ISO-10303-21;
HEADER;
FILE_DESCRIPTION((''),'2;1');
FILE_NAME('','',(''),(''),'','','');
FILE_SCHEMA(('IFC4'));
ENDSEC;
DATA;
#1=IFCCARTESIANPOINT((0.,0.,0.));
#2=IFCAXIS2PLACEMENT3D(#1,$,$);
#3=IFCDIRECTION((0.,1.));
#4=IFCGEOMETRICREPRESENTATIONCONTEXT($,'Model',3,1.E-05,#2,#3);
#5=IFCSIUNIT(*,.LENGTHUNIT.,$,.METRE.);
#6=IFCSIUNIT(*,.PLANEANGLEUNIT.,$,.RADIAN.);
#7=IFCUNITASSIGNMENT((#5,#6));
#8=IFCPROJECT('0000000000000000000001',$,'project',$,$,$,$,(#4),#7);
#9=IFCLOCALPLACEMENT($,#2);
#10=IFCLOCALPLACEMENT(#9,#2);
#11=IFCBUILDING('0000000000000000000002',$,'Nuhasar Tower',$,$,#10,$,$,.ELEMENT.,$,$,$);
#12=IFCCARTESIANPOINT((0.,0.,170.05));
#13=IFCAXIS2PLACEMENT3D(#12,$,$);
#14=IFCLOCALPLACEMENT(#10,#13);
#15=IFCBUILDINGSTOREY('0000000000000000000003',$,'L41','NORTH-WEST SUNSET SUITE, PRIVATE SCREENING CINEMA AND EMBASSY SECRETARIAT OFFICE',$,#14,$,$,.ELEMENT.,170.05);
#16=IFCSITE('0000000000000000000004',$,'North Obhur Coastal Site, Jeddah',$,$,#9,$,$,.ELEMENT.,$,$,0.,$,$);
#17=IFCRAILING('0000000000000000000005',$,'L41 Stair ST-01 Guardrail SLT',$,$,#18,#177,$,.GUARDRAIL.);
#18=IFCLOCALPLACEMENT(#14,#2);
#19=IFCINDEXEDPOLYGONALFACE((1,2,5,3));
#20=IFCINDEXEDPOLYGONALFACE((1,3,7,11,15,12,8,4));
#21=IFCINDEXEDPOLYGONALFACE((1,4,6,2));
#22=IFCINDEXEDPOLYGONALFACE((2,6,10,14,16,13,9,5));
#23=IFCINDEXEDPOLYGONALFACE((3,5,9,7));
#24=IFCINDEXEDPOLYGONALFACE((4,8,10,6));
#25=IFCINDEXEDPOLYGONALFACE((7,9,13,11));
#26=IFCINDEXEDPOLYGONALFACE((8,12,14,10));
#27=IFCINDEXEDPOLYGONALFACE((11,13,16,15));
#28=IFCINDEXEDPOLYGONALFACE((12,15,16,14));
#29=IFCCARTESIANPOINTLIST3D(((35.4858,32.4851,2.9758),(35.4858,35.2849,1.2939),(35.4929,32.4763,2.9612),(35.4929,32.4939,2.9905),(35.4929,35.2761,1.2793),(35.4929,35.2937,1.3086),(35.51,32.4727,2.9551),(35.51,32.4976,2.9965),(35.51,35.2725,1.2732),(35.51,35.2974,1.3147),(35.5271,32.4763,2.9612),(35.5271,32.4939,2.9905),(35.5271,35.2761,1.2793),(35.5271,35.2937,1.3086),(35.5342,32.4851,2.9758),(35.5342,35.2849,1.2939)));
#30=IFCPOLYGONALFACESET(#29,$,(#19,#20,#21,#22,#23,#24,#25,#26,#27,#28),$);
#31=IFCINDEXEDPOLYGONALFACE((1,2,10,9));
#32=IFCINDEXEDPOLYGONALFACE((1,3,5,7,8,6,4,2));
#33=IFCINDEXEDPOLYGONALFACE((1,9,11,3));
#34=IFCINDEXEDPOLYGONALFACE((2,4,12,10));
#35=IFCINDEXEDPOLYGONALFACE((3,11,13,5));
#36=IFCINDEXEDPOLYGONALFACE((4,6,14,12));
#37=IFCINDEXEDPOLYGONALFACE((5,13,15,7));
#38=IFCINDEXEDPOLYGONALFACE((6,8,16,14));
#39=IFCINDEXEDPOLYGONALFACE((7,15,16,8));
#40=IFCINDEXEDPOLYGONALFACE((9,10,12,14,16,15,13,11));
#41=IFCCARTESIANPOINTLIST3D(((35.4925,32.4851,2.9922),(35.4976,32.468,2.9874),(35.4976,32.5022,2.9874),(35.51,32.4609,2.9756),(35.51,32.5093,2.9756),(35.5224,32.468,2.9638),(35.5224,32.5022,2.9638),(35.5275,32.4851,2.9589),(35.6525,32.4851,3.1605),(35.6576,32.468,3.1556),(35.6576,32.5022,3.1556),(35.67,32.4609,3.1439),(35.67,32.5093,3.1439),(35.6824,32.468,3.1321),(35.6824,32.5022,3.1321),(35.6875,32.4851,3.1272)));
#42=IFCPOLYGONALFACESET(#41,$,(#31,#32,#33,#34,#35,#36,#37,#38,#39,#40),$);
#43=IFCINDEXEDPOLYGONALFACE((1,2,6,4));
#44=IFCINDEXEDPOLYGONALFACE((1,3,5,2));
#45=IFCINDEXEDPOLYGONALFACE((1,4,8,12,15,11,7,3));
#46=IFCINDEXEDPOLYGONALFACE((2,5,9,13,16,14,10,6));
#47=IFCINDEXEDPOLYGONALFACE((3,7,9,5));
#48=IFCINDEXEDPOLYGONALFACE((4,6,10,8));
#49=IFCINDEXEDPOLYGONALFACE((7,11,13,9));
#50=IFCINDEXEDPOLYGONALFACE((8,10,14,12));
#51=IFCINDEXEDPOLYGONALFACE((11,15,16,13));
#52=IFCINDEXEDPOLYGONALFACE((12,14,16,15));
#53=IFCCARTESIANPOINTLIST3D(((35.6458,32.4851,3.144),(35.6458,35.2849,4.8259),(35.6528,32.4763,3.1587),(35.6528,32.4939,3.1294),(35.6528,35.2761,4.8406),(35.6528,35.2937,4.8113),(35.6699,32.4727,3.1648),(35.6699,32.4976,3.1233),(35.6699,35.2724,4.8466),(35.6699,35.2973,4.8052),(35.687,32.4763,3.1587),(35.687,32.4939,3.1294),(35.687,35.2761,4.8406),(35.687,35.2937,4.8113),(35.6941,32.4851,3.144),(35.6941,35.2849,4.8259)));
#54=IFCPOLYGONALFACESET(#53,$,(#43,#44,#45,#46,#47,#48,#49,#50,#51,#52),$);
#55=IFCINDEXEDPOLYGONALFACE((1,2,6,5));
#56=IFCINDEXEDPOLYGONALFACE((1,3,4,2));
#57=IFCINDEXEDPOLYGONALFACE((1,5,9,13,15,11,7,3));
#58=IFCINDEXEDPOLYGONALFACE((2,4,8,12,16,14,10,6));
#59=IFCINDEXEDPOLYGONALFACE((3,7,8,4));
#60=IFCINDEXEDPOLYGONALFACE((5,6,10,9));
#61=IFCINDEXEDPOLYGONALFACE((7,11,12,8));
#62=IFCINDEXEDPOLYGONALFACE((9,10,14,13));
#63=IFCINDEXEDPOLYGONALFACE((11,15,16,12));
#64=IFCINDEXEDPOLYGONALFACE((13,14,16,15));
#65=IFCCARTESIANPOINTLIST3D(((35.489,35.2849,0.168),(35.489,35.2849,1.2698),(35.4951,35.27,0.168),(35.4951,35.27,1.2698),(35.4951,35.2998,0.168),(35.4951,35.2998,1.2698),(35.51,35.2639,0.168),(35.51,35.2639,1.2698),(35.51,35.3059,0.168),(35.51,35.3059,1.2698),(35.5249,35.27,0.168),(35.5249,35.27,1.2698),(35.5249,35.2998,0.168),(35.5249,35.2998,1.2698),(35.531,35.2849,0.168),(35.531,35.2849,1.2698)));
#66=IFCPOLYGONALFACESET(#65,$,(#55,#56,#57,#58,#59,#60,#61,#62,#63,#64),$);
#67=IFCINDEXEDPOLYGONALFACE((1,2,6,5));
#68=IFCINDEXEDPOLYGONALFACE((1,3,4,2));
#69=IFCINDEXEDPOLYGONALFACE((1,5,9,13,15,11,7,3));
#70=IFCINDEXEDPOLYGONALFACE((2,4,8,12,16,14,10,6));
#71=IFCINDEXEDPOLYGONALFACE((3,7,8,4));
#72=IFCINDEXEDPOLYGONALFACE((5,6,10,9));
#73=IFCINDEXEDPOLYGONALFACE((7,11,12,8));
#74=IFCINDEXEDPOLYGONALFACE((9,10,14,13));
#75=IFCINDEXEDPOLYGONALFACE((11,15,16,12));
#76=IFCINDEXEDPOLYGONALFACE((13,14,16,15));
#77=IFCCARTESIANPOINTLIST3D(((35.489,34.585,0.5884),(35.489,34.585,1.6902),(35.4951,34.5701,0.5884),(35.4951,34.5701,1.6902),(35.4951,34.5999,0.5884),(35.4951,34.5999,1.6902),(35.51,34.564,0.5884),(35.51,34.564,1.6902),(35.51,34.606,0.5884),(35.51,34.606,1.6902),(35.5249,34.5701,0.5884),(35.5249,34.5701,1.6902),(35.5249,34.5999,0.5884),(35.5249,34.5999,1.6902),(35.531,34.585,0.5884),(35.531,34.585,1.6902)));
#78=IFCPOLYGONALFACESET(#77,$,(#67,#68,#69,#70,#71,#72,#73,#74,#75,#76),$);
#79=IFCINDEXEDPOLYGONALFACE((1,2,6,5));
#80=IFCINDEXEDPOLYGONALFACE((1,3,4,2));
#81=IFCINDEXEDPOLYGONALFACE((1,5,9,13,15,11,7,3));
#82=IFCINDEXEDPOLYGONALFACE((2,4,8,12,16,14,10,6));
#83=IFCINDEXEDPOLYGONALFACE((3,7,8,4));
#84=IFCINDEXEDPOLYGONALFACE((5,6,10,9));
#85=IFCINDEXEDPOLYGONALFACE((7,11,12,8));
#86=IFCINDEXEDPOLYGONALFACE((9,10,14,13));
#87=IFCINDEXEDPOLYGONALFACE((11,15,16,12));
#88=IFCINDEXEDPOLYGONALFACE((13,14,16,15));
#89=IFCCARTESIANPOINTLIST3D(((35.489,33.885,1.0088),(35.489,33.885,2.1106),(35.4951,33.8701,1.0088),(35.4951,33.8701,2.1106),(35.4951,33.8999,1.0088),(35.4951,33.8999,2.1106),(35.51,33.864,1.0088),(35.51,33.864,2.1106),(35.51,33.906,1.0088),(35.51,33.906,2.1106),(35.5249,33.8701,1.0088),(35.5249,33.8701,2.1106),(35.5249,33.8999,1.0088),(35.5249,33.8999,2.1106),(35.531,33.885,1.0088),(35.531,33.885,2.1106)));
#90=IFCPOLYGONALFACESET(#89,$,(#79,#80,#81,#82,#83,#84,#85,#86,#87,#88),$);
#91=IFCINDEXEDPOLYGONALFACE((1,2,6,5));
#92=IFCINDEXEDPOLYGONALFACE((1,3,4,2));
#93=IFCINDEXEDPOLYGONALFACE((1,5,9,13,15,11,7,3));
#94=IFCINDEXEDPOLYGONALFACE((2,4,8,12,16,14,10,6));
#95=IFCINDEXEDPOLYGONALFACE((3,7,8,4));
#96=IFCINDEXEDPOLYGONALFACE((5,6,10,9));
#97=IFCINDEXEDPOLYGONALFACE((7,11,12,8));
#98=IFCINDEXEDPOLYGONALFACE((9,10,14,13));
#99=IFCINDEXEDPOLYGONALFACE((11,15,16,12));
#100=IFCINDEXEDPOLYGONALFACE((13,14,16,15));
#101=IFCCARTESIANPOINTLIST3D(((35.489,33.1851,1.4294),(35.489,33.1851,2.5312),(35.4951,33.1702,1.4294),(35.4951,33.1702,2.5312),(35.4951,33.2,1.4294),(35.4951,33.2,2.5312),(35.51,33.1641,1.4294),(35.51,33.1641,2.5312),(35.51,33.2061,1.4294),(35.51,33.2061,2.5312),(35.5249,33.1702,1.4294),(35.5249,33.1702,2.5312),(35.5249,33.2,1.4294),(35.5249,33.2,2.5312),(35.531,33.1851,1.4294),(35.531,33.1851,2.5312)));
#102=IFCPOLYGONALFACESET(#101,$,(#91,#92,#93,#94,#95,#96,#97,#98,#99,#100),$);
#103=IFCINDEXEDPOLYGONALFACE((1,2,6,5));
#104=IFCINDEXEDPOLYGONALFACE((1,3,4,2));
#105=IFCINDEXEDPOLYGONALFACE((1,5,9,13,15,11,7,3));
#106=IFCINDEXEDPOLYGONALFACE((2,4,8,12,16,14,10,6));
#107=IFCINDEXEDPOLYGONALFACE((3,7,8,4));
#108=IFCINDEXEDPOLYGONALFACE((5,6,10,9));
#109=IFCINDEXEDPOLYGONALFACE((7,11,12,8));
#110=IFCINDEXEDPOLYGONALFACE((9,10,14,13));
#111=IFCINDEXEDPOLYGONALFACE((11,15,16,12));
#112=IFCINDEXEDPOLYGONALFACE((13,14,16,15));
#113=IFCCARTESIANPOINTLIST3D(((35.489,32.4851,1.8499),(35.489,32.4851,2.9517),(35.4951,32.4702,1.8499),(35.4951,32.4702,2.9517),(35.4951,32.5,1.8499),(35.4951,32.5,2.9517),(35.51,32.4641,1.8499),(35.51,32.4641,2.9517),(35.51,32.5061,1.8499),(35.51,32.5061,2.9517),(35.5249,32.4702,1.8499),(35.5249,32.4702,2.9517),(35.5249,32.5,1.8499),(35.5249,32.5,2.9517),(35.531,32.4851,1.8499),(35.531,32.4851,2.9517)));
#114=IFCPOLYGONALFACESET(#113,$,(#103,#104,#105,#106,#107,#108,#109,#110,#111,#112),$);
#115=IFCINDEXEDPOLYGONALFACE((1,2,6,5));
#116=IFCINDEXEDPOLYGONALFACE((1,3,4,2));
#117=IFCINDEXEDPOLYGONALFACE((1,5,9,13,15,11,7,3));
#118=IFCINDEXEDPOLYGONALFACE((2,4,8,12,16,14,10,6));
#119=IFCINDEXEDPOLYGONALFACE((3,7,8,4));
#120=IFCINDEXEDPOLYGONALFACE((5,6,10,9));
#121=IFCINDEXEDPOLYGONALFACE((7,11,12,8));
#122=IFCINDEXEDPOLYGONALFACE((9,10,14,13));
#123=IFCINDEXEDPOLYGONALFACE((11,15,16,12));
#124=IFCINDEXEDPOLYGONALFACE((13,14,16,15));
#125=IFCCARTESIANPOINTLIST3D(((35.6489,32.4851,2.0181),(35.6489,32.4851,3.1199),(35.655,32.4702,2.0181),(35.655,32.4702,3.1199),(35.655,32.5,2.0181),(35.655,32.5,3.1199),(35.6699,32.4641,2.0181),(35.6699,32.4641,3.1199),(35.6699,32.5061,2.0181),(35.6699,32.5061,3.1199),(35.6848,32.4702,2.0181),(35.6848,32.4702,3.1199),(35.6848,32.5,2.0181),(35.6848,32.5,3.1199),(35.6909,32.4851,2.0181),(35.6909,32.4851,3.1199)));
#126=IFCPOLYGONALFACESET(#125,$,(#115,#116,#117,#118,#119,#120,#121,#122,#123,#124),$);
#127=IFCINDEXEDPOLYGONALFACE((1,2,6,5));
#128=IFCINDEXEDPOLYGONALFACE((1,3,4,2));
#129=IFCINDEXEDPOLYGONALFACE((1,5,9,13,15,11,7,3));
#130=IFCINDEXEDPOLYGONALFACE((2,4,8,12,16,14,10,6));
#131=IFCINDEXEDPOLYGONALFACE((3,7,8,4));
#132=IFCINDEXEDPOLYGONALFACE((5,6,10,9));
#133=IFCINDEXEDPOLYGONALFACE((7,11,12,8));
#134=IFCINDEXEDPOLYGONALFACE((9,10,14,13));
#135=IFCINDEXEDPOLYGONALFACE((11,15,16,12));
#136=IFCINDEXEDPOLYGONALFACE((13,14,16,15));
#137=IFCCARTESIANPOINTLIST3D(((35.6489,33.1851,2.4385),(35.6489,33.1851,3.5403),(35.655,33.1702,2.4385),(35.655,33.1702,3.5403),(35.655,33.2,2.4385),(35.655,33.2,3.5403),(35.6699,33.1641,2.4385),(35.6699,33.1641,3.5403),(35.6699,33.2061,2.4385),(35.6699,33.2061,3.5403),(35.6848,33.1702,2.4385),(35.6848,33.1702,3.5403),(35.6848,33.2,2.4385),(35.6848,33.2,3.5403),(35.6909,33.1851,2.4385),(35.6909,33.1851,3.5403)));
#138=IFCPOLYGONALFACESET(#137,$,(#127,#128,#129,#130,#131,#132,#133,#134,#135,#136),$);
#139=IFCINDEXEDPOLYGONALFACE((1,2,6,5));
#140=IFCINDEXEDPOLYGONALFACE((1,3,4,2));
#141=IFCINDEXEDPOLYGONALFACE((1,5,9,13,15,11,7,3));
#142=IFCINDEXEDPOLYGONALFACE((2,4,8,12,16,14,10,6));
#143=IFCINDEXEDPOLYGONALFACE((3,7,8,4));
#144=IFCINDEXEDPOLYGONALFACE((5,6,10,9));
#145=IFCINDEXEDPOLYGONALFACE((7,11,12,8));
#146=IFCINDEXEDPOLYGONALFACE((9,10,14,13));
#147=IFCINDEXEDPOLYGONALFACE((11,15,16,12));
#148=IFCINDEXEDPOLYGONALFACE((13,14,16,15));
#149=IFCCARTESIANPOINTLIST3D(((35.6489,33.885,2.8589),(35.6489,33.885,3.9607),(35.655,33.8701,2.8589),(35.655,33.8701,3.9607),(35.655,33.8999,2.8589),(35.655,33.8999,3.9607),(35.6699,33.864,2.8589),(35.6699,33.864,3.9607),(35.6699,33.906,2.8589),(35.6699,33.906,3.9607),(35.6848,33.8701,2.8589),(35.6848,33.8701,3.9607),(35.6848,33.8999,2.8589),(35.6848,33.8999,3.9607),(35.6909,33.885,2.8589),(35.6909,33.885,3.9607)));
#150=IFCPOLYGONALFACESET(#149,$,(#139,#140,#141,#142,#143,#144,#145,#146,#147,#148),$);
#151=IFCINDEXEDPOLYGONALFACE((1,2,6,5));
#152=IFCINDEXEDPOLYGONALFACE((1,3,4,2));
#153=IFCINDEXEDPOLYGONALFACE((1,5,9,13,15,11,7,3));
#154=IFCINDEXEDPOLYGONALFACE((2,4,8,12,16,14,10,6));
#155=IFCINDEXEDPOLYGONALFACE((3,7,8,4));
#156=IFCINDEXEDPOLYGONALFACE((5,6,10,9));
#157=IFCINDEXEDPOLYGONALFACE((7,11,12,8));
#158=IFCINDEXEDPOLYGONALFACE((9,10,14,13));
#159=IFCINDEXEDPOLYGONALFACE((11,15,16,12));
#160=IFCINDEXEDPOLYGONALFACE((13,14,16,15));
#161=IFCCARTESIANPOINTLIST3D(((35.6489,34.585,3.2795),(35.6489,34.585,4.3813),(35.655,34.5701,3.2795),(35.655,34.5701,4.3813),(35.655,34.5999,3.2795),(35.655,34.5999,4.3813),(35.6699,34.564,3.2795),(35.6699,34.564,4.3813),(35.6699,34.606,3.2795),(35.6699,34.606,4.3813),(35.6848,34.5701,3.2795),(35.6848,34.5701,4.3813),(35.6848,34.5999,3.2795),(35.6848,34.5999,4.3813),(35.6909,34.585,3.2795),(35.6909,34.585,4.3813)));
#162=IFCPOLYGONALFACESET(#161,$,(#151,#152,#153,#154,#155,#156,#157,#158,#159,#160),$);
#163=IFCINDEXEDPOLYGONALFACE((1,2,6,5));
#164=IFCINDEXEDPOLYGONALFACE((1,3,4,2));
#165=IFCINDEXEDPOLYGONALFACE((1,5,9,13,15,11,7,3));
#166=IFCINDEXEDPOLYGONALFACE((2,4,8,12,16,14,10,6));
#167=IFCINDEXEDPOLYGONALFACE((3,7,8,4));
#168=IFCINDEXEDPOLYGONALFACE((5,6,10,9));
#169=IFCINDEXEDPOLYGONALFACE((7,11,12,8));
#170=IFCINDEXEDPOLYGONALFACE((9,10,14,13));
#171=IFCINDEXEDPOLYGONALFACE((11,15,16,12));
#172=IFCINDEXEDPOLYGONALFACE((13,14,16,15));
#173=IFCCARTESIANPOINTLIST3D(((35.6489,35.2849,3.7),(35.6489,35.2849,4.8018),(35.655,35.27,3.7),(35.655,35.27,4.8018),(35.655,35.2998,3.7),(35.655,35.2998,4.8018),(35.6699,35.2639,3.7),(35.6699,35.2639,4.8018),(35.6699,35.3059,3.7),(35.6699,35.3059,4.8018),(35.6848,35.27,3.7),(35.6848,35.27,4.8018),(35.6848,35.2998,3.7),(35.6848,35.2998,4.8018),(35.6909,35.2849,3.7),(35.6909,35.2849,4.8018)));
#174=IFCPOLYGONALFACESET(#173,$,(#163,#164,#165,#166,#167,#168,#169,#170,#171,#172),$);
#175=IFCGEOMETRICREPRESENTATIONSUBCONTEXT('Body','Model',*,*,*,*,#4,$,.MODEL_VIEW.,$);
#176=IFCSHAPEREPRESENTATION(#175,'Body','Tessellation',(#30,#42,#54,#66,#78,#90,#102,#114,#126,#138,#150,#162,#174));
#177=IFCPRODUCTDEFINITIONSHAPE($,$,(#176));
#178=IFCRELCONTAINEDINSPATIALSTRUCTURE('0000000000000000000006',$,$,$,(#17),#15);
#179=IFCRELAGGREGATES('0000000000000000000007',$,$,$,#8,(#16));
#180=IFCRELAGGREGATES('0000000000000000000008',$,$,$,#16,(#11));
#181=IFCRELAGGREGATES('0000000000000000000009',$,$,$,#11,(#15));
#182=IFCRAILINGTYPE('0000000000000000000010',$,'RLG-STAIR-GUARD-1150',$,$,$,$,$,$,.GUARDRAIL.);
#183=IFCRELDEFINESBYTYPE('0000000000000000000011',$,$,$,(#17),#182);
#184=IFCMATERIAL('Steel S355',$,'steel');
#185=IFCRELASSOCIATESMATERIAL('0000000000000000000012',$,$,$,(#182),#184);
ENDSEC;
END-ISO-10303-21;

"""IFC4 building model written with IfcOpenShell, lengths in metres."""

from ifc_helpers import new_model, si_unit, direction, frame, origin, place, context, subcontext, project, spatial, polyline, outline, extrude, material, type_object, element, save


model = new_model("IFC4")

# Units and contexts
model_context = context("Model", 3, precision=1e-05, world=origin(), true_north=direction((0.0, 1.0)))
body_context = subcontext(model_context, "Body", "Model", "MODEL_VIEW")
ifc_project = project(units=[si_unit("LENGTHUNIT", "METRE"), si_unit("PLANEANGLEUNIT", "RADIAN")], contexts=[model_context])

# Site, building, storey
site_placement = place(None, origin())
site = spatial("IfcSite", under=ifc_project, at=site_placement, Name="North Obhur Coastal Site, Jeddah", CompositionType="ELEMENT", RefElevation=0.0)
building_placement = place(site_placement, origin())
building = spatial("IfcBuilding", under=site, at=building_placement, Name="Nuhasar Tower", CompositionType="ELEMENT")
storey_placement = place(building_placement, frame((0.0, 0.0, 170.05)))
storey = spatial("IfcBuildingStorey", under=building, at=storey_placement, Name="L41", Description="NORTH-WEST SUNSET SUITE, PRIVATE SCREENING CINEMA AND EMBASSY SECRETARIAT OFFICE", CompositionType="ELEMENT", Elevation=170.05)

# Shared definitions
ifc_material_1 = material(Name="Steel S355", Category="steel")

# Railing
railing_type_1 = type_object("IfcRailingType", Name="RLG-STAIR-GUARD-1150", PredefinedType="GUARDRAIL", material=ifc_material_1)
railing_1_placement = place(storey_placement, frame((35.51, 35.2849, 0.168)))
element("IfcRailing", 1, at=railing_1_placement, inside=storey, type_object=railing_type_1, Name="L41 Stair ST-01 Guardrail SLT", PredefinedType="GUARDRAIL", context=body_context, shape_type="SweptSolid", body=[
    extrude(outline(polyline([(0.0242, 0.0), (0.0171, 0.0171), (0.0, 0.0242), (-0.0171, 0.0171), (-0.0242, 0.0), (-0.0171, -0.0171), (0.0, -0.0242), (0.0171, -0.0171), (0.0242, 0.0)])), frame((0.0, 0.0, 1.126), z_axis=(0.0, -0.857222, 0.514946), x_axis=(1.0, 0.0, 0.0)), (0.0, 0.0, 1.0), 3.2661),
    extrude(outline(polyline([(0.0242, 0.0), (0.0171, 0.0171), (0.0, 0.0242), (-0.0171, 0.0171), (-0.0242, 0.0), (-0.0171, -0.0171), (0.0, -0.0242), (0.0171, -0.0171), (0.0242, 0.0)])), frame((0.0, -2.7998, 2.8076), z_axis=(0.688998, 0.0, 0.724763), x_axis=(0.0, 1.0, 0.0)), (0.0, 0.0, 1.0), 0.2322),
    extrude(outline(polyline([(0.0242, 0.0), (0.0171, 0.0171), (0.0, 0.0242), (-0.0171, 0.0171), (-0.0242, 0.0), (-0.0171, -0.0171), (0.0, -0.0242), (0.0171, -0.0171), (0.0242, 0.0)])), frame((0.1599, -2.7998, 2.9761), z_axis=(0.0, 0.857222, 0.514946), x_axis=(-1.0, 0.0, 0.0)), (0.0, 0.0, 1.0), 3.2661),
    extrude(outline(polyline([(0.021, 0.0), (0.0149, 0.0149), (0.0, 0.021), (-0.0149, 0.0149), (-0.021, 0.0), (-0.0149, -0.0149), (0.0, -0.021), (0.0149, -0.0149), (0.021, 0.0)])), origin(), (0.0, 0.0, 1.0), 1.1018),
    extrude(outline(polyline([(0.021, 0.0), (0.0149, 0.0149), (0.0, 0.021), (-0.0149, 0.0149), (-0.021, 0.0), (-0.0149, -0.0149), (0.0, -0.021), (0.0149, -0.0149), (0.021, 0.0)])), frame((0.0, -0.7, 0.4204)), (0.0, 0.0, 1.0), 1.1018),
    extrude(outline(polyline([(0.021, 0.0), (0.0149, 0.0149), (0.0, 0.021), (-0.0149, 0.0149), (-0.021, 0.0), (-0.0149, -0.0149), (0.0, -0.021), (0.0149, -0.0149), (0.021, 0.0)])), frame((0.0, -1.3999, 0.8408)), (0.0, 0.0, 1.0), 1.1018),
    extrude(outline(polyline([(0.021, 0.0), (0.0149, 0.0149), (0.0, 0.021), (-0.0149, 0.0149), (-0.021, 0.0), (-0.0149, -0.0149), (0.0, -0.021), (0.0149, -0.0149), (0.021, 0.0)])), frame((0.0, -2.0999, 1.2615)), (0.0, 0.0, 1.0), 1.1018),
    extrude(outline(polyline([(0.021, 0.0), (0.0149, 0.0149), (0.0, 0.021), (-0.0149, 0.0149), (-0.021, 0.0), (-0.0149, -0.0149), (0.0, -0.021), (0.0149, -0.0149), (0.021, 0.0)])), frame((0.0, -2.7998, 1.6819)), (0.0, 0.0, 1.0), 1.1018),
    extrude(outline(polyline([(0.021, 0.0), (0.0149, 0.0149), (0.0, 0.021), (-0.0149, 0.0149), (-0.021, 0.0), (-0.0149, -0.0149), (0.0, -0.021), (0.0149, -0.0149), (0.021, 0.0)])), frame((0.1599, -2.7998, 1.8501)), (0.0, 0.0, 1.0), 1.1018),
    extrude(outline(polyline([(0.021, 0.0), (0.0149, 0.0149), (0.0, 0.021), (-0.0149, 0.0149), (-0.021, 0.0), (-0.0149, -0.0149), (0.0, -0.021), (0.0149, -0.0149), (0.021, 0.0)])), frame((0.1599, -2.0999, 2.2705)), (0.0, 0.0, 1.0), 1.1018),
    extrude(outline(polyline([(0.021, 0.0), (0.0149, 0.0149), (0.0, 0.021), (-0.0149, 0.0149), (-0.021, 0.0), (-0.0149, -0.0149), (0.0, -0.021), (0.0149, -0.0149), (0.021, 0.0)])), frame((0.1599, -1.3999, 2.6909)), (0.0, 0.0, 1.0), 1.1018),
    extrude(outline(polyline([(0.021, 0.0), (0.0149, 0.0149), (0.0, 0.021), (-0.0149, 0.0149), (-0.021, 0.0), (-0.0149, -0.0149), (0.0, -0.021), (0.0149, -0.0149), (0.021, 0.0)])), frame((0.1599, -0.7, 3.1116)), (0.0, 0.0, 1.0), 1.1018),
    extrude(outline(polyline([(0.021, 0.0), (0.0149, 0.0149), (0.0, 0.021), (-0.0149, 0.0149), (-0.021, 0.0), (-0.0149, -0.0149), (0.0, -0.021), (0.0149, -0.0149), (0.021, 0.0)])), frame((0.1599, 0.0, 3.532)), (0.0, 0.0, 1.0), 1.1018),
])

save(model, "model.ifc")
